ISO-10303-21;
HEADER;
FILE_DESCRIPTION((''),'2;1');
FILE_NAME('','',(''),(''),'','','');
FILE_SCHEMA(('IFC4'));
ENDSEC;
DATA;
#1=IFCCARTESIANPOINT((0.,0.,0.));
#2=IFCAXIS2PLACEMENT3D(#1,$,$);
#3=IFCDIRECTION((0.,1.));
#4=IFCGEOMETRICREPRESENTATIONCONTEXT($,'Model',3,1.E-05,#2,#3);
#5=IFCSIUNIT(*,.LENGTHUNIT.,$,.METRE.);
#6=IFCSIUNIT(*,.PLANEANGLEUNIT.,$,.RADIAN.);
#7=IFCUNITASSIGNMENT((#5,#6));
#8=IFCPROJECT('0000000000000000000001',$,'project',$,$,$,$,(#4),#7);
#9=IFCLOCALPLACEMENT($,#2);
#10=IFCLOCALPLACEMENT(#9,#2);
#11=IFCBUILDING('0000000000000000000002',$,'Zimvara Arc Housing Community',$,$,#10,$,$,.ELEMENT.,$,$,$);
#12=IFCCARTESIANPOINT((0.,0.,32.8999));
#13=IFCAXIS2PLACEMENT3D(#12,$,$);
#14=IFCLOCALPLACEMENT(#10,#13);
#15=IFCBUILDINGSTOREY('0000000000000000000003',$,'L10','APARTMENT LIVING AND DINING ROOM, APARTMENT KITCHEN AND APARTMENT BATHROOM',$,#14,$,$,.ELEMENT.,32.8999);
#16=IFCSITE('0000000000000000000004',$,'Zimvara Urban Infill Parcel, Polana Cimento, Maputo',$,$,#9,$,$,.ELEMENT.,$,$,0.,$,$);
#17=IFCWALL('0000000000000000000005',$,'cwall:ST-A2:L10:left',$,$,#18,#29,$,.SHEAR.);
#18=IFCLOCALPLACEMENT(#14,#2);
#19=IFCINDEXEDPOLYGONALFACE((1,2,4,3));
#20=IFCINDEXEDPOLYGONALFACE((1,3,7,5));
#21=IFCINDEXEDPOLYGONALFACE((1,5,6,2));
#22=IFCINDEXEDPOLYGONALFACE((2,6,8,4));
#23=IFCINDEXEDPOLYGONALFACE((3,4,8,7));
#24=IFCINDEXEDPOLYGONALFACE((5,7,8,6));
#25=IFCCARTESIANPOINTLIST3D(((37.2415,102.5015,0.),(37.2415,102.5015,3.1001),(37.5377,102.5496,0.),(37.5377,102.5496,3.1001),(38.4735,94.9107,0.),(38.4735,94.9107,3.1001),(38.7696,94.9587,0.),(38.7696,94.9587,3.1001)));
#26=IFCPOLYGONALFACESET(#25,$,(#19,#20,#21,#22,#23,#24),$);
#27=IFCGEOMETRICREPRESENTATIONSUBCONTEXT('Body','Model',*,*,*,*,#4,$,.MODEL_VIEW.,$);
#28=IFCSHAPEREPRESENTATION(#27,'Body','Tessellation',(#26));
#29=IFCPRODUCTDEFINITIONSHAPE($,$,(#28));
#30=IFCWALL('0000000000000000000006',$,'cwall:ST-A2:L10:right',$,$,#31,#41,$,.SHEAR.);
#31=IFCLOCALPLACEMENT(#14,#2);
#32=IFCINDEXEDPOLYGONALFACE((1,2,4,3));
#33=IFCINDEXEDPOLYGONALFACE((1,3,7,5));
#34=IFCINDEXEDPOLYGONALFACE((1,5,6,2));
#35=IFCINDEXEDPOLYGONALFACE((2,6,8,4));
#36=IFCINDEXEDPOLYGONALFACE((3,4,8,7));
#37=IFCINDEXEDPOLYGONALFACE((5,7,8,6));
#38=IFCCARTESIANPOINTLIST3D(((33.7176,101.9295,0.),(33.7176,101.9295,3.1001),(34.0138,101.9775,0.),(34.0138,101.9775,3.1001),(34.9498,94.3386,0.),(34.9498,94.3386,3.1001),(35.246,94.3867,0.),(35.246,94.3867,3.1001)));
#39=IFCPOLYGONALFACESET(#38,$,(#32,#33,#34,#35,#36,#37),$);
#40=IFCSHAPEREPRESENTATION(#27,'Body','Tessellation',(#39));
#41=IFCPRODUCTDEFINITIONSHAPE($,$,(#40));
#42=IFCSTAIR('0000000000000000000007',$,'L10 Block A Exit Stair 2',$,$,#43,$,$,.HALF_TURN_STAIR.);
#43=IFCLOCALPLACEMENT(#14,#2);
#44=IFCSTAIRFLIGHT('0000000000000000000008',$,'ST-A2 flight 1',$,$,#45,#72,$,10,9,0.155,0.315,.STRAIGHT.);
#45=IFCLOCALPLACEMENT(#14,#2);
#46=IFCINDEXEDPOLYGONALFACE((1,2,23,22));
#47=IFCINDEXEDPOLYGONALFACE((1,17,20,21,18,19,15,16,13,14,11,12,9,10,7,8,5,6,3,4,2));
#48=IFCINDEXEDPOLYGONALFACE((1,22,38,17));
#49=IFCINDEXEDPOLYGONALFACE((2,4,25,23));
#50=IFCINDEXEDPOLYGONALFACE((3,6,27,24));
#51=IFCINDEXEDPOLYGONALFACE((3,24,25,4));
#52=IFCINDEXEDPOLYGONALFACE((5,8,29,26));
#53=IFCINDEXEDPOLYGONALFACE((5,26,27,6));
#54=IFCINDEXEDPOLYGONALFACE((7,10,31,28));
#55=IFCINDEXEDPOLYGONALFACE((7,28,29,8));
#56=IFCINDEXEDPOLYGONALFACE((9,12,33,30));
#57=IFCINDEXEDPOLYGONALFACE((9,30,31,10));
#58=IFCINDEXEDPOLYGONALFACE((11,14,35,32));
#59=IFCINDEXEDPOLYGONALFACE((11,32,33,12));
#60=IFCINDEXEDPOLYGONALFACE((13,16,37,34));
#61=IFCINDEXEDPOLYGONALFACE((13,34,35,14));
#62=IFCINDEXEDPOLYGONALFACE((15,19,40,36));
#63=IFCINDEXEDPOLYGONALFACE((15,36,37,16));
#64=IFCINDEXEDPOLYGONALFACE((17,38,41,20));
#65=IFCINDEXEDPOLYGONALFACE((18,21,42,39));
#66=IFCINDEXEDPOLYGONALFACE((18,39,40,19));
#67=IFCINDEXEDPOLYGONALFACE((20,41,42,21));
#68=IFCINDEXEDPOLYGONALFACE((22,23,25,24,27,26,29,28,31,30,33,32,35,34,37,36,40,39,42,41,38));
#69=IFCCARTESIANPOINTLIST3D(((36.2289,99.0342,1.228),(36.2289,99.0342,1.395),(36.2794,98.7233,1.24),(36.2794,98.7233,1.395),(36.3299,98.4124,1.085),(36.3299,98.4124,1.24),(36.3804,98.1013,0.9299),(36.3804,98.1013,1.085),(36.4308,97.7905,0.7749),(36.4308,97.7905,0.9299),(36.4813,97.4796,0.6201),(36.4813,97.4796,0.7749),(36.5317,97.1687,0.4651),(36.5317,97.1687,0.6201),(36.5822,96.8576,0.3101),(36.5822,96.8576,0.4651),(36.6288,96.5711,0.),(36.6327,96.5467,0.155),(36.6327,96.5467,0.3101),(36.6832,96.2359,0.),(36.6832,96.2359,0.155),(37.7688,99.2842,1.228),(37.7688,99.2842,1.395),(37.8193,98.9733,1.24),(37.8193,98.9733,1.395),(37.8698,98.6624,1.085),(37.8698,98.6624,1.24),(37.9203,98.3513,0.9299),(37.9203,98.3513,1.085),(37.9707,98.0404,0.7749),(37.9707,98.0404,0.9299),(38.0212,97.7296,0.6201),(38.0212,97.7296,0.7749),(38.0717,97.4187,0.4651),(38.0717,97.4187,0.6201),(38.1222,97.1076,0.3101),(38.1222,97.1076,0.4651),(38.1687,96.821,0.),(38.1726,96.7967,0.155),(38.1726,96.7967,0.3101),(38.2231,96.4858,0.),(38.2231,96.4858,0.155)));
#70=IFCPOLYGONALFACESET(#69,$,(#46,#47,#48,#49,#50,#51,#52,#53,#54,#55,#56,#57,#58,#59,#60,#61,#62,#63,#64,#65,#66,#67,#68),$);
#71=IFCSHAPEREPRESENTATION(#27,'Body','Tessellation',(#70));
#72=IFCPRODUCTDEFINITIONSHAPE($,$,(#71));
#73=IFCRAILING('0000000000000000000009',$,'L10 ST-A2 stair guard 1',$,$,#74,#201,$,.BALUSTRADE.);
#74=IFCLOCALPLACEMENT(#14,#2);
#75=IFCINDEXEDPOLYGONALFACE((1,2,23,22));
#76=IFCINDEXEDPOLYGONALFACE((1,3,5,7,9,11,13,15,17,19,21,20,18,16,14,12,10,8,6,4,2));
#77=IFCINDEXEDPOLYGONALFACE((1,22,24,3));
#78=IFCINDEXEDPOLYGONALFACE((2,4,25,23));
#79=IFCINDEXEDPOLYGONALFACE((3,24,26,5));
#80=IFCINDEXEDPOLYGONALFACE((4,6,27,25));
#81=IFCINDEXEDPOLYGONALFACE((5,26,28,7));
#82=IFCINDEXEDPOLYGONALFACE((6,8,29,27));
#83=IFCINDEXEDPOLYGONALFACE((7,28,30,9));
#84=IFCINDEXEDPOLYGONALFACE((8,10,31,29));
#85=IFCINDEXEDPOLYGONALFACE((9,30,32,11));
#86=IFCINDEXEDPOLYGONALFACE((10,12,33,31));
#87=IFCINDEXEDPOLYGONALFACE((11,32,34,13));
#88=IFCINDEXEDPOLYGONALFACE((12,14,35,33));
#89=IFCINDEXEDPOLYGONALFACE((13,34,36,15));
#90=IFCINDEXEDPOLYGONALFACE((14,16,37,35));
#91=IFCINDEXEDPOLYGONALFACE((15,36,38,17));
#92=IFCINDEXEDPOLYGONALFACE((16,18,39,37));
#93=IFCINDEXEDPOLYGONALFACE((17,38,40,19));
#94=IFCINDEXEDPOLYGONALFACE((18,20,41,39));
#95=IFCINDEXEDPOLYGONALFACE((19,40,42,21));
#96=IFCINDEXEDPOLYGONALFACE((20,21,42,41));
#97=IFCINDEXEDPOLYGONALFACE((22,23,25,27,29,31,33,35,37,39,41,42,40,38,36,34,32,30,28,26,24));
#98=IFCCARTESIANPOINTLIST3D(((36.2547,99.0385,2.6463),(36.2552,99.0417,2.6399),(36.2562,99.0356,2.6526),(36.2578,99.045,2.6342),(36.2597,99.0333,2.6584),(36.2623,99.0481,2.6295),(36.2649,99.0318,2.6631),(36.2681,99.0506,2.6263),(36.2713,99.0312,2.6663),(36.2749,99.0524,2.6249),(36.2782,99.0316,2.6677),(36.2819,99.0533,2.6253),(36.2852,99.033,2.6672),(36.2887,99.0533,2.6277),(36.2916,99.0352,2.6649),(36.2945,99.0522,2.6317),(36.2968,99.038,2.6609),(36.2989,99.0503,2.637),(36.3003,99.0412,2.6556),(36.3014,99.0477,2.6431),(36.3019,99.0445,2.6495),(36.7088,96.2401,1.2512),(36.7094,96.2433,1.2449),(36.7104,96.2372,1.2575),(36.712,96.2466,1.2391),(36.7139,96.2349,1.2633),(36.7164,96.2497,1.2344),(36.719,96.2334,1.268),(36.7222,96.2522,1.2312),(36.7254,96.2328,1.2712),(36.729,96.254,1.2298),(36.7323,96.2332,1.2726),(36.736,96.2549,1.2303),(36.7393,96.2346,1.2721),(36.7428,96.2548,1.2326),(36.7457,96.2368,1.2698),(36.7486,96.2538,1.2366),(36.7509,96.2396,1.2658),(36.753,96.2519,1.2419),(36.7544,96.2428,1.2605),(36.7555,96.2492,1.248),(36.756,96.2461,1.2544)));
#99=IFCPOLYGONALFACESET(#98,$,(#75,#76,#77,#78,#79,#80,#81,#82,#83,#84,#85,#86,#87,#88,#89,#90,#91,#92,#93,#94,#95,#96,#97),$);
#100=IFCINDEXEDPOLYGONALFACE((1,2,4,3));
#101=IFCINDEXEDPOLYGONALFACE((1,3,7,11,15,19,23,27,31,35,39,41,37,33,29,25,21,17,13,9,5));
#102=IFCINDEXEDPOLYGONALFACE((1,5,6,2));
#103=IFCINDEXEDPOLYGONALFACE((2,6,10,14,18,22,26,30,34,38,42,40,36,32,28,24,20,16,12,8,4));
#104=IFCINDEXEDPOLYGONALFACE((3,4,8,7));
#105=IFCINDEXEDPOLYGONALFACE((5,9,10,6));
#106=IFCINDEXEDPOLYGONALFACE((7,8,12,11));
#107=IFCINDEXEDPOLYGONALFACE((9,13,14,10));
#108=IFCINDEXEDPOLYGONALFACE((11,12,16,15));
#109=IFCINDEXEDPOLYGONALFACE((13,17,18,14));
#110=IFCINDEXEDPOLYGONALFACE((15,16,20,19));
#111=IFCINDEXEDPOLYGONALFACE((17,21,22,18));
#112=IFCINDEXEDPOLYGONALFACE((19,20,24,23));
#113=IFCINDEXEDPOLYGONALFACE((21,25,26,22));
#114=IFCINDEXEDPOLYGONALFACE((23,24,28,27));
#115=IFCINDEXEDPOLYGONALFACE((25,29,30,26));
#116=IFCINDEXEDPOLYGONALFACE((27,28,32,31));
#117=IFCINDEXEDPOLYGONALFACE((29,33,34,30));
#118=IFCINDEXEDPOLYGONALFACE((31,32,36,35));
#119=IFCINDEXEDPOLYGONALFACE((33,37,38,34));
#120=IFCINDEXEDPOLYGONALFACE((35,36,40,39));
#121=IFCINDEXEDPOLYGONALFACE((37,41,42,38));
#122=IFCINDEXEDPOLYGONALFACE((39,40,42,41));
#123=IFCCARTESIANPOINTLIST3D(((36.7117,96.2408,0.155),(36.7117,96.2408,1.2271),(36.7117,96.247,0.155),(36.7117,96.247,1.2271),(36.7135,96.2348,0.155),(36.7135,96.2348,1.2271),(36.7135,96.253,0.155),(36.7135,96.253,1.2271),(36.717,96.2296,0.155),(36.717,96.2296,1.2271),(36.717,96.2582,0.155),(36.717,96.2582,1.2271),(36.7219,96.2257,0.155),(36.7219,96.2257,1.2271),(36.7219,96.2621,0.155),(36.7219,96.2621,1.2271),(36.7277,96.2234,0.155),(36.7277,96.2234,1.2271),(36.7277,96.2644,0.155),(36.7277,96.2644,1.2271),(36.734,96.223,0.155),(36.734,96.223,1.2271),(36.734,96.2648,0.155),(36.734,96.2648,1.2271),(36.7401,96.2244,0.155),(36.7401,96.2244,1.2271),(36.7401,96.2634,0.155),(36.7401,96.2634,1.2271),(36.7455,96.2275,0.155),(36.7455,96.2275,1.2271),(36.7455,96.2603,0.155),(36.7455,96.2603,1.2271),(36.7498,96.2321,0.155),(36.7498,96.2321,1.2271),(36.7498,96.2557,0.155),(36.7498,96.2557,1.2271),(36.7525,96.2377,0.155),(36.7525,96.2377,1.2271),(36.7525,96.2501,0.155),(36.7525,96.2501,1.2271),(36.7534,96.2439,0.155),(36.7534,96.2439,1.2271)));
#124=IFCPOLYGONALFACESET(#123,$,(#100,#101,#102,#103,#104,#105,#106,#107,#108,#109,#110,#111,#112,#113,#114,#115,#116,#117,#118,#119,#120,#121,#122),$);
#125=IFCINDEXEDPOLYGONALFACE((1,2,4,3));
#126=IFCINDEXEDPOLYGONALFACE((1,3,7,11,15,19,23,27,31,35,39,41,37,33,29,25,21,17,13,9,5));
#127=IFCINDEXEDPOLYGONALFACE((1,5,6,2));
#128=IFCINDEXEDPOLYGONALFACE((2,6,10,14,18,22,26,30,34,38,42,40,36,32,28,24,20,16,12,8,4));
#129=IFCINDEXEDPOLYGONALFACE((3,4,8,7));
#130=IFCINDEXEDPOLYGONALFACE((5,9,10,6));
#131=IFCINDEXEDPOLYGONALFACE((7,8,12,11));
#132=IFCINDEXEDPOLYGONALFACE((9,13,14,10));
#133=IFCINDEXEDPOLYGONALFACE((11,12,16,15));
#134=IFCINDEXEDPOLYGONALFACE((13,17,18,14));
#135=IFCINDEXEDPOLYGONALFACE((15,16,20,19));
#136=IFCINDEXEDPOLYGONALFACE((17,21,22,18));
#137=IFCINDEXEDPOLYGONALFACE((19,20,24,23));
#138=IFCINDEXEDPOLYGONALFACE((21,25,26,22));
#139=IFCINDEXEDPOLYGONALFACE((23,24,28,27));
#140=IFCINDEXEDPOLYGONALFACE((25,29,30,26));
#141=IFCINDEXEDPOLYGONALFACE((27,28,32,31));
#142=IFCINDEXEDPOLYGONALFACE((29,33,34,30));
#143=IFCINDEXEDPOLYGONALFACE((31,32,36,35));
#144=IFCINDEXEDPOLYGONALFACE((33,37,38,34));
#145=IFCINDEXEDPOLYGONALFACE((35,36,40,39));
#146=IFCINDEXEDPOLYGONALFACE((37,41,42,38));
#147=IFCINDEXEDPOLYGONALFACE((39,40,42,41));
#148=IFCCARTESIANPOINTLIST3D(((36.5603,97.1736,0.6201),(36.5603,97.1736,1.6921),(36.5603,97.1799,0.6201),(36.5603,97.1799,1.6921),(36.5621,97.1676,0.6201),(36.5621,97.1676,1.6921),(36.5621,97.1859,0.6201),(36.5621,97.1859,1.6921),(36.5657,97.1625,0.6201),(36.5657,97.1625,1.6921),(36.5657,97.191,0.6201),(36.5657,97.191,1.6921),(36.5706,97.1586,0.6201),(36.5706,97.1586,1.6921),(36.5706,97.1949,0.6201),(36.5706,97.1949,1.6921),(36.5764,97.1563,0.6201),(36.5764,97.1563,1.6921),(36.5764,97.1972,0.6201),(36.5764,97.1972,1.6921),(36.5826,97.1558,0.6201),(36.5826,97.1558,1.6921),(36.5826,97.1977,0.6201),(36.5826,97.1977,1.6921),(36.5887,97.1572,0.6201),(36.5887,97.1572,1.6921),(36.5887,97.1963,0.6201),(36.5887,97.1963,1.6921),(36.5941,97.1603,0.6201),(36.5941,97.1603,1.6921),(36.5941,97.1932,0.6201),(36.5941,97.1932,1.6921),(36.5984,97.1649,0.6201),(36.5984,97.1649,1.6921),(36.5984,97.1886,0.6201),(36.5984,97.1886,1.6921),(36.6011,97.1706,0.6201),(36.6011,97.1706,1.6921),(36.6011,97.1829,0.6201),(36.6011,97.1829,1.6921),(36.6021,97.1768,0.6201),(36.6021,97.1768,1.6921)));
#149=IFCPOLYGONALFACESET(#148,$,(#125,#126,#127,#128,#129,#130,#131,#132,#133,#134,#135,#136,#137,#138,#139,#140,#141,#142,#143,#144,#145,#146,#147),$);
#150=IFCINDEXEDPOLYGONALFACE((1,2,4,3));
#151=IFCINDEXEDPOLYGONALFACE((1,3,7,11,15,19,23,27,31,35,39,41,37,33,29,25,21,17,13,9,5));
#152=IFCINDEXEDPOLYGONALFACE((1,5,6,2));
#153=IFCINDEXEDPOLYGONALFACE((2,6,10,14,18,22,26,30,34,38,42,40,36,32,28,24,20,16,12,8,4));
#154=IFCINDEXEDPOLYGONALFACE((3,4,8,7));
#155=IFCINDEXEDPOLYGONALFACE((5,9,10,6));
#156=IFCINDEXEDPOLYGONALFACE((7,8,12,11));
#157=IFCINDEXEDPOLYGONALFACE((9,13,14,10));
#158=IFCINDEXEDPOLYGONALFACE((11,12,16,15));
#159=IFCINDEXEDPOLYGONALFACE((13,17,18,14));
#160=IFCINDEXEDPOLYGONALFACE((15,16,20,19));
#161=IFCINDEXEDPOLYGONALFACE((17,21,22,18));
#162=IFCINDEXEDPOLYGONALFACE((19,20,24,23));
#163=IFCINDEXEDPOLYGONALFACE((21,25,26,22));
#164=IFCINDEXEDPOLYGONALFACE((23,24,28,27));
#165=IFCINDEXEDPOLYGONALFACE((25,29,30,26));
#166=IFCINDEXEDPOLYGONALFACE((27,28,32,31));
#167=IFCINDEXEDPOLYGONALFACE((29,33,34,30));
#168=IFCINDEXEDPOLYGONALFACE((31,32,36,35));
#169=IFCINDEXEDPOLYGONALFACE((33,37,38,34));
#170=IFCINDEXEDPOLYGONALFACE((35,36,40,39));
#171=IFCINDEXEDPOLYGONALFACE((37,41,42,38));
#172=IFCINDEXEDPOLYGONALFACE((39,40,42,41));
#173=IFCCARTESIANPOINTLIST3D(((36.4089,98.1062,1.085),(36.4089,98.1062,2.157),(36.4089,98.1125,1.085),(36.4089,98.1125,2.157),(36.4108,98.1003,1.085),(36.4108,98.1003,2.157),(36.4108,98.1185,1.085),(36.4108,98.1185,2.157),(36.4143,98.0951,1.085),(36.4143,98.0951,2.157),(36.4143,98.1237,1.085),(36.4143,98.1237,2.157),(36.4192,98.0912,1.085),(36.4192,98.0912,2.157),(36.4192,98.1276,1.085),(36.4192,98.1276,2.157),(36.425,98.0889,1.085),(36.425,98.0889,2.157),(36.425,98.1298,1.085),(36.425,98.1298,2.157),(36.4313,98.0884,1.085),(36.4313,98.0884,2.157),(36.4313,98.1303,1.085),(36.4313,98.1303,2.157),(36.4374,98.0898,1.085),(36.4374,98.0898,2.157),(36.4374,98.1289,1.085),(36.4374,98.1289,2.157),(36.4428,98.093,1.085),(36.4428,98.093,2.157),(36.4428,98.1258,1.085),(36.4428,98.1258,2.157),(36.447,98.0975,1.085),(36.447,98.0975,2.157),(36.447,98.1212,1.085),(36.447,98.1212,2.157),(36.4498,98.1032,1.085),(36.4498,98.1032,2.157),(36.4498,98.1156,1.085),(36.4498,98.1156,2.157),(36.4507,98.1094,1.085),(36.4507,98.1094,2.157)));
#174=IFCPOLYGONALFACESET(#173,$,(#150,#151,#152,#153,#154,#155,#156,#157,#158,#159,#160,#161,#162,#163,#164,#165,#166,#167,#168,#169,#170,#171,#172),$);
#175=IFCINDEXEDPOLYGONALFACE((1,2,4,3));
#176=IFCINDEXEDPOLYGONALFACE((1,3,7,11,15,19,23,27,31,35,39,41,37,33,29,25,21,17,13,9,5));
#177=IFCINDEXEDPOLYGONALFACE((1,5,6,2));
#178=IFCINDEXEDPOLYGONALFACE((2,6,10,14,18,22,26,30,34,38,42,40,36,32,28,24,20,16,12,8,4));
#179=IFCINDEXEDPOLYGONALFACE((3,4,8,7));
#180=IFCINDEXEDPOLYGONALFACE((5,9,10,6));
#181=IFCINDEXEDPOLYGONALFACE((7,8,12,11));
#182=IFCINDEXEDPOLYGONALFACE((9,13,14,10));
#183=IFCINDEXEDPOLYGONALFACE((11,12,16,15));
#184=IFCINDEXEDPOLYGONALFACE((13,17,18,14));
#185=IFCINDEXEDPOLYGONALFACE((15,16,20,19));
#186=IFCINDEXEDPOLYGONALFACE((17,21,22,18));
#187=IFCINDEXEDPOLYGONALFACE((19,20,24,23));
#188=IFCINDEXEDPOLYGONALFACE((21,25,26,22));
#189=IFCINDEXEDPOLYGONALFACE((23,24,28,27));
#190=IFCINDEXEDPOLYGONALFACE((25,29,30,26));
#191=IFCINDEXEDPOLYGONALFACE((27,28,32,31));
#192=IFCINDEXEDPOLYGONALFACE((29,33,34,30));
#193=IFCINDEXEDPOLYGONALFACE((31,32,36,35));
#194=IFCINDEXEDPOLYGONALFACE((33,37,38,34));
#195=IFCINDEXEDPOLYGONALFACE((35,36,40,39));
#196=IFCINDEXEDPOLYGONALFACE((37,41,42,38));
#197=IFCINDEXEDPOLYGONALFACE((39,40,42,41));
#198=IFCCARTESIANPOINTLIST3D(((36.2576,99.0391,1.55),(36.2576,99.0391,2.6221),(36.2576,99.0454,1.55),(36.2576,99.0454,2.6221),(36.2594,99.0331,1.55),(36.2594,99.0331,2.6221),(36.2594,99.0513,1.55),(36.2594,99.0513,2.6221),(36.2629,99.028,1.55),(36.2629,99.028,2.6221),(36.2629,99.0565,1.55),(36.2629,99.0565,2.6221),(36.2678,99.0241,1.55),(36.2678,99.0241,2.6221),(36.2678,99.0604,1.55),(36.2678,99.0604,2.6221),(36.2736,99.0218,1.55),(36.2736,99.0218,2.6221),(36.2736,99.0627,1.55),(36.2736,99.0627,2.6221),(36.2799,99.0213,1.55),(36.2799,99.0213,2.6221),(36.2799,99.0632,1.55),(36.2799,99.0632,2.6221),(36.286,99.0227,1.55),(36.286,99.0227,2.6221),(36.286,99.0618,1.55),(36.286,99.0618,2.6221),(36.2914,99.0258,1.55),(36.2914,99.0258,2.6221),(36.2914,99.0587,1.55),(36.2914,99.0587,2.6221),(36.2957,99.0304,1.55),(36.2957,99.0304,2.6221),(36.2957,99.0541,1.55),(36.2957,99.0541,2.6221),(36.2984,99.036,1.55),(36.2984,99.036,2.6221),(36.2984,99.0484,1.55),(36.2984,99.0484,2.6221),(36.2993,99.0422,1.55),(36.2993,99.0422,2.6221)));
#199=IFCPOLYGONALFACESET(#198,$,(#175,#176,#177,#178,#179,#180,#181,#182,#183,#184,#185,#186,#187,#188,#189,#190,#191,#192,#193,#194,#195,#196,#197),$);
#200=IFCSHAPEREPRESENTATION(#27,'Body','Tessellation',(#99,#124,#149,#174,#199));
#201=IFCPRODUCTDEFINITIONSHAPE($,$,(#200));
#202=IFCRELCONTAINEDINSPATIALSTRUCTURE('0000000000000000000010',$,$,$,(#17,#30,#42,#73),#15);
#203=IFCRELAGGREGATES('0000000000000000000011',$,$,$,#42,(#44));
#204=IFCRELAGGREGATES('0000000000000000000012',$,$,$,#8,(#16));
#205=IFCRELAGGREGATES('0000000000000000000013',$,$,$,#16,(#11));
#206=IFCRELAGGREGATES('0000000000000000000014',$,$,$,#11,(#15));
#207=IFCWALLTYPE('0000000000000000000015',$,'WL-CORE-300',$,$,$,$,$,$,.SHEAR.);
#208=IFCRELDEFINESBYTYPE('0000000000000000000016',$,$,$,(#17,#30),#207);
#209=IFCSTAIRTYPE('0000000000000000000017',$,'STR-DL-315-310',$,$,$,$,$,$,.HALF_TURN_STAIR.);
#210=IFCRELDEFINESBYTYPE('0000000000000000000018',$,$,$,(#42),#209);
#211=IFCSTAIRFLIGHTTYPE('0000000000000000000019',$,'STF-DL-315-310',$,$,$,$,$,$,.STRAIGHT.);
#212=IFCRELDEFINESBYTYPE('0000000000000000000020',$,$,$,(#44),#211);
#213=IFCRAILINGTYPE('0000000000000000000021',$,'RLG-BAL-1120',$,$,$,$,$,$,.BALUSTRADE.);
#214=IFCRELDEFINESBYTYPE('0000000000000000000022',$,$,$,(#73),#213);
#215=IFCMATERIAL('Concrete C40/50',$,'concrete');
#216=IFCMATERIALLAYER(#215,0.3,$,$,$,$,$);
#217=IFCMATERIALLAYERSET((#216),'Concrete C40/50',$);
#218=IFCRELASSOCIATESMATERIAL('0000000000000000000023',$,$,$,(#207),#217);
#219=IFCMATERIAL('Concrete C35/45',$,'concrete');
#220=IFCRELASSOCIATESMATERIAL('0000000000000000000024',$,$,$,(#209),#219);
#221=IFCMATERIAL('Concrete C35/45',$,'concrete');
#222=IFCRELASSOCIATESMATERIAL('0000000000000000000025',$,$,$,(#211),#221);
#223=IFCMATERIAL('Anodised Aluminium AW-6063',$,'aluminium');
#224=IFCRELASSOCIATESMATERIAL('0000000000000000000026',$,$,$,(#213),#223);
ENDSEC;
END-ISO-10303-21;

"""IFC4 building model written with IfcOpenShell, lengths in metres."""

from ifc_helpers import new_model, si_unit, direction, frame, frame_2d, origin, origin_2d, place, context, subcontext, project, spatial, polyline, rectangle, circle, outline, extrude, material, layer, layer_set, type_object, element, aggregate, save


model = new_model("IFC4")

# Units and contexts
model_context = context("Model", 3, precision=1e-05, world=origin(), true_north=direction((0.0, 1.0)))
body_context = subcontext(model_context, "Body", "Model", "MODEL_VIEW")
ifc_project = project(units=[si_unit("LENGTHUNIT", "METRE"), si_unit("PLANEANGLEUNIT", "RADIAN")], contexts=[model_context])

# Site, building, storey
site_placement = place(None, origin())
site = spatial("IfcSite", under=ifc_project, at=site_placement, Name="Zimvara Urban Infill Parcel, Polana Cimento, Maputo", CompositionType="ELEMENT", RefElevation=0.0)
building_placement = place(site_placement, origin())
building = spatial("IfcBuilding", under=site, at=building_placement, Name="Zimvara Arc Housing Community", CompositionType="ELEMENT")
storey_placement = place(building_placement, frame((0.0, 0.0, 32.8999)))
storey = spatial("IfcBuildingStorey", under=building, at=storey_placement, Name="L10", Description="APARTMENT LIVING AND DINING ROOM, APARTMENT KITCHEN AND APARTMENT BATHROOM", CompositionType="ELEMENT", Elevation=32.8999)

# Shared definitions
ifc_material_1 = material(Name="Concrete C40/50", Category="concrete")
ifc_layer_1 = layer(ifc_material_1, 0.3)
ifc_layer_set_1 = layer_set([ifc_layer_1], Name="Concrete C40/50")
wall_type_1 = type_object("IfcWallType", Name="WL-CORE-300", PredefinedType="SHEAR", material=ifc_layer_set_1)

# Walls
for number, where, z_axis, x_axis, name in (
    (1, (38.6216, 94.9346, 0.0), (0.0, 0.0, 1.0), (-0.160197, 0.987085, 0.0), "cwall:ST-A2:L10:left"),
    (2, (35.0979, 94.3625, 0.0), (0.0, 0.0, 1.0), (-0.160227, 0.98708, 0.0), "cwall:ST-A2:L10:right"),
):
    element("IfcWall", number, at=place(storey_placement, frame(where, z_axis=z_axis, x_axis=x_axis)), inside=storey, type_object=wall_type_1, Name=name, PredefinedType="SHEAR", context=body_context, shape_type="SweptSolid", body=[
        extrude(rectangle(XDim=7.6902, YDim=0.3, at=frame_2d((3.8452, 0.0))), origin(), (0.0, 0.0, 1.0), 3.1001),
    ])

# Stair, stair flight
ifc_material_2 = material(Name="Concrete C35/45", Category="concrete")
stair_type = type_object("IfcStairType", Name="STR-DL-315-310", PredefinedType="HALF_TURN_STAIR", material=ifc_material_2)
stair_placement = place(storey_placement, origin())
stair = element("IfcStair", 3, at=stair_placement, inside=storey, type_object=stair_type, Name="L10 Block A Exit Stair 2", PredefinedType="HALF_TURN_STAIR")
ifc_material_3 = material(Name="Concrete C35/45", Category="concrete")
stair_flight_type = type_object("IfcStairFlightType", Name="STF-DL-315-310", PredefinedType="STRAIGHT", material=ifc_material_3)
stair_flight_placement = place(storey_placement, frame((37.4531, 96.3608, 0.0), z_axis=(0.0, 0.0, 1.0), x_axis=(-0.160226, 0.98708, 0.0)))
stair_flight = element("IfcStairFlight", 4, at=stair_flight_placement, type_object=stair_flight_type, Name="ST-A2 flight 1", NumberOfRisers=10, NumberOfTreads=9, PredefinedType="STRAIGHT", RiserHeight=0.155, TreadLength=0.315, context=body_context, shape_type="SweptSolid", body=[
    extrude(outline(polyline([(0.0, 0.0), (0.0, 0.155), (0.3149, 0.155), (0.3149, 0.3101), (0.6299, 0.3101), (0.6299, 0.4651), (0.9451, 0.4651), (0.9451, 0.6201), (1.26, 0.6201), (1.26, 0.7749), (1.575, 0.7749), (1.575, 0.9299), (1.8899, 0.9299), (1.8899, 1.085), (2.2051, 1.085), (2.2051, 1.24), (2.52, 1.24), (2.52, 1.395), (2.835, 1.395), (2.835, 1.55), (2.835, 1.228), (0.3396, 0.0), (0.0, 0.0)])), frame((0.0, 0.78, 0.0), z_axis=(0.0, -1.0, 0.0), x_axis=(1.0, 0.0, 0.0)), (0.0, 0.0, 1.0), 1.5601),
])
aggregate(stair, [stair_flight])

# Railing
ifc_material_4 = material(Name="Anodised Aluminium AW-6063", Category="aluminium")
railing_type_1 = type_object("IfcRailingType", Name="RLG-BAL-1120", PredefinedType="BALUSTRADE", material=ifc_material_4)
railing_1_placement = place(storey_placement, frame((36.7324, 96.2439, 0.155)))
element("IfcRailing", 5, at=railing_1_placement, inside=storey, type_object=railing_type_1, Name="L10 ST-A2 stair guard 1", PredefinedType="BALUSTRADE", context=body_context, shape_type="SweptSolid", body=[
    extrude(circle(Radius=0.0239, at=origin_2d()), frame((0.0, 0.0, 1.0962), z_axis=(-0.143722, 0.885666, 0.44152), x_axis=(-0.987088, -0.16018, 0.0)), (0.0, 0.0, 1.0), 3.1597),
    extrude(circle(Radius=0.021, at=origin_2d()), origin(), (0.0, 0.0, 1.0), 1.072),
    extrude(circle(Radius=0.021, at=origin_2d()), frame((-0.1514, 0.9329, 0.4651)), (0.0, 0.0, 1.0), 1.072),
    extrude(circle(Radius=0.021, at=origin_2d()), frame((-0.3027, 1.8655, 0.9299)), (0.0, 0.0, 1.0), 1.072),
    extrude(circle(Radius=0.021, at=origin_2d()), frame((-0.4541, 2.7983, 1.395)), (0.0, 0.0, 1.0), 1.072),
])

save(model, "model.ifc")
